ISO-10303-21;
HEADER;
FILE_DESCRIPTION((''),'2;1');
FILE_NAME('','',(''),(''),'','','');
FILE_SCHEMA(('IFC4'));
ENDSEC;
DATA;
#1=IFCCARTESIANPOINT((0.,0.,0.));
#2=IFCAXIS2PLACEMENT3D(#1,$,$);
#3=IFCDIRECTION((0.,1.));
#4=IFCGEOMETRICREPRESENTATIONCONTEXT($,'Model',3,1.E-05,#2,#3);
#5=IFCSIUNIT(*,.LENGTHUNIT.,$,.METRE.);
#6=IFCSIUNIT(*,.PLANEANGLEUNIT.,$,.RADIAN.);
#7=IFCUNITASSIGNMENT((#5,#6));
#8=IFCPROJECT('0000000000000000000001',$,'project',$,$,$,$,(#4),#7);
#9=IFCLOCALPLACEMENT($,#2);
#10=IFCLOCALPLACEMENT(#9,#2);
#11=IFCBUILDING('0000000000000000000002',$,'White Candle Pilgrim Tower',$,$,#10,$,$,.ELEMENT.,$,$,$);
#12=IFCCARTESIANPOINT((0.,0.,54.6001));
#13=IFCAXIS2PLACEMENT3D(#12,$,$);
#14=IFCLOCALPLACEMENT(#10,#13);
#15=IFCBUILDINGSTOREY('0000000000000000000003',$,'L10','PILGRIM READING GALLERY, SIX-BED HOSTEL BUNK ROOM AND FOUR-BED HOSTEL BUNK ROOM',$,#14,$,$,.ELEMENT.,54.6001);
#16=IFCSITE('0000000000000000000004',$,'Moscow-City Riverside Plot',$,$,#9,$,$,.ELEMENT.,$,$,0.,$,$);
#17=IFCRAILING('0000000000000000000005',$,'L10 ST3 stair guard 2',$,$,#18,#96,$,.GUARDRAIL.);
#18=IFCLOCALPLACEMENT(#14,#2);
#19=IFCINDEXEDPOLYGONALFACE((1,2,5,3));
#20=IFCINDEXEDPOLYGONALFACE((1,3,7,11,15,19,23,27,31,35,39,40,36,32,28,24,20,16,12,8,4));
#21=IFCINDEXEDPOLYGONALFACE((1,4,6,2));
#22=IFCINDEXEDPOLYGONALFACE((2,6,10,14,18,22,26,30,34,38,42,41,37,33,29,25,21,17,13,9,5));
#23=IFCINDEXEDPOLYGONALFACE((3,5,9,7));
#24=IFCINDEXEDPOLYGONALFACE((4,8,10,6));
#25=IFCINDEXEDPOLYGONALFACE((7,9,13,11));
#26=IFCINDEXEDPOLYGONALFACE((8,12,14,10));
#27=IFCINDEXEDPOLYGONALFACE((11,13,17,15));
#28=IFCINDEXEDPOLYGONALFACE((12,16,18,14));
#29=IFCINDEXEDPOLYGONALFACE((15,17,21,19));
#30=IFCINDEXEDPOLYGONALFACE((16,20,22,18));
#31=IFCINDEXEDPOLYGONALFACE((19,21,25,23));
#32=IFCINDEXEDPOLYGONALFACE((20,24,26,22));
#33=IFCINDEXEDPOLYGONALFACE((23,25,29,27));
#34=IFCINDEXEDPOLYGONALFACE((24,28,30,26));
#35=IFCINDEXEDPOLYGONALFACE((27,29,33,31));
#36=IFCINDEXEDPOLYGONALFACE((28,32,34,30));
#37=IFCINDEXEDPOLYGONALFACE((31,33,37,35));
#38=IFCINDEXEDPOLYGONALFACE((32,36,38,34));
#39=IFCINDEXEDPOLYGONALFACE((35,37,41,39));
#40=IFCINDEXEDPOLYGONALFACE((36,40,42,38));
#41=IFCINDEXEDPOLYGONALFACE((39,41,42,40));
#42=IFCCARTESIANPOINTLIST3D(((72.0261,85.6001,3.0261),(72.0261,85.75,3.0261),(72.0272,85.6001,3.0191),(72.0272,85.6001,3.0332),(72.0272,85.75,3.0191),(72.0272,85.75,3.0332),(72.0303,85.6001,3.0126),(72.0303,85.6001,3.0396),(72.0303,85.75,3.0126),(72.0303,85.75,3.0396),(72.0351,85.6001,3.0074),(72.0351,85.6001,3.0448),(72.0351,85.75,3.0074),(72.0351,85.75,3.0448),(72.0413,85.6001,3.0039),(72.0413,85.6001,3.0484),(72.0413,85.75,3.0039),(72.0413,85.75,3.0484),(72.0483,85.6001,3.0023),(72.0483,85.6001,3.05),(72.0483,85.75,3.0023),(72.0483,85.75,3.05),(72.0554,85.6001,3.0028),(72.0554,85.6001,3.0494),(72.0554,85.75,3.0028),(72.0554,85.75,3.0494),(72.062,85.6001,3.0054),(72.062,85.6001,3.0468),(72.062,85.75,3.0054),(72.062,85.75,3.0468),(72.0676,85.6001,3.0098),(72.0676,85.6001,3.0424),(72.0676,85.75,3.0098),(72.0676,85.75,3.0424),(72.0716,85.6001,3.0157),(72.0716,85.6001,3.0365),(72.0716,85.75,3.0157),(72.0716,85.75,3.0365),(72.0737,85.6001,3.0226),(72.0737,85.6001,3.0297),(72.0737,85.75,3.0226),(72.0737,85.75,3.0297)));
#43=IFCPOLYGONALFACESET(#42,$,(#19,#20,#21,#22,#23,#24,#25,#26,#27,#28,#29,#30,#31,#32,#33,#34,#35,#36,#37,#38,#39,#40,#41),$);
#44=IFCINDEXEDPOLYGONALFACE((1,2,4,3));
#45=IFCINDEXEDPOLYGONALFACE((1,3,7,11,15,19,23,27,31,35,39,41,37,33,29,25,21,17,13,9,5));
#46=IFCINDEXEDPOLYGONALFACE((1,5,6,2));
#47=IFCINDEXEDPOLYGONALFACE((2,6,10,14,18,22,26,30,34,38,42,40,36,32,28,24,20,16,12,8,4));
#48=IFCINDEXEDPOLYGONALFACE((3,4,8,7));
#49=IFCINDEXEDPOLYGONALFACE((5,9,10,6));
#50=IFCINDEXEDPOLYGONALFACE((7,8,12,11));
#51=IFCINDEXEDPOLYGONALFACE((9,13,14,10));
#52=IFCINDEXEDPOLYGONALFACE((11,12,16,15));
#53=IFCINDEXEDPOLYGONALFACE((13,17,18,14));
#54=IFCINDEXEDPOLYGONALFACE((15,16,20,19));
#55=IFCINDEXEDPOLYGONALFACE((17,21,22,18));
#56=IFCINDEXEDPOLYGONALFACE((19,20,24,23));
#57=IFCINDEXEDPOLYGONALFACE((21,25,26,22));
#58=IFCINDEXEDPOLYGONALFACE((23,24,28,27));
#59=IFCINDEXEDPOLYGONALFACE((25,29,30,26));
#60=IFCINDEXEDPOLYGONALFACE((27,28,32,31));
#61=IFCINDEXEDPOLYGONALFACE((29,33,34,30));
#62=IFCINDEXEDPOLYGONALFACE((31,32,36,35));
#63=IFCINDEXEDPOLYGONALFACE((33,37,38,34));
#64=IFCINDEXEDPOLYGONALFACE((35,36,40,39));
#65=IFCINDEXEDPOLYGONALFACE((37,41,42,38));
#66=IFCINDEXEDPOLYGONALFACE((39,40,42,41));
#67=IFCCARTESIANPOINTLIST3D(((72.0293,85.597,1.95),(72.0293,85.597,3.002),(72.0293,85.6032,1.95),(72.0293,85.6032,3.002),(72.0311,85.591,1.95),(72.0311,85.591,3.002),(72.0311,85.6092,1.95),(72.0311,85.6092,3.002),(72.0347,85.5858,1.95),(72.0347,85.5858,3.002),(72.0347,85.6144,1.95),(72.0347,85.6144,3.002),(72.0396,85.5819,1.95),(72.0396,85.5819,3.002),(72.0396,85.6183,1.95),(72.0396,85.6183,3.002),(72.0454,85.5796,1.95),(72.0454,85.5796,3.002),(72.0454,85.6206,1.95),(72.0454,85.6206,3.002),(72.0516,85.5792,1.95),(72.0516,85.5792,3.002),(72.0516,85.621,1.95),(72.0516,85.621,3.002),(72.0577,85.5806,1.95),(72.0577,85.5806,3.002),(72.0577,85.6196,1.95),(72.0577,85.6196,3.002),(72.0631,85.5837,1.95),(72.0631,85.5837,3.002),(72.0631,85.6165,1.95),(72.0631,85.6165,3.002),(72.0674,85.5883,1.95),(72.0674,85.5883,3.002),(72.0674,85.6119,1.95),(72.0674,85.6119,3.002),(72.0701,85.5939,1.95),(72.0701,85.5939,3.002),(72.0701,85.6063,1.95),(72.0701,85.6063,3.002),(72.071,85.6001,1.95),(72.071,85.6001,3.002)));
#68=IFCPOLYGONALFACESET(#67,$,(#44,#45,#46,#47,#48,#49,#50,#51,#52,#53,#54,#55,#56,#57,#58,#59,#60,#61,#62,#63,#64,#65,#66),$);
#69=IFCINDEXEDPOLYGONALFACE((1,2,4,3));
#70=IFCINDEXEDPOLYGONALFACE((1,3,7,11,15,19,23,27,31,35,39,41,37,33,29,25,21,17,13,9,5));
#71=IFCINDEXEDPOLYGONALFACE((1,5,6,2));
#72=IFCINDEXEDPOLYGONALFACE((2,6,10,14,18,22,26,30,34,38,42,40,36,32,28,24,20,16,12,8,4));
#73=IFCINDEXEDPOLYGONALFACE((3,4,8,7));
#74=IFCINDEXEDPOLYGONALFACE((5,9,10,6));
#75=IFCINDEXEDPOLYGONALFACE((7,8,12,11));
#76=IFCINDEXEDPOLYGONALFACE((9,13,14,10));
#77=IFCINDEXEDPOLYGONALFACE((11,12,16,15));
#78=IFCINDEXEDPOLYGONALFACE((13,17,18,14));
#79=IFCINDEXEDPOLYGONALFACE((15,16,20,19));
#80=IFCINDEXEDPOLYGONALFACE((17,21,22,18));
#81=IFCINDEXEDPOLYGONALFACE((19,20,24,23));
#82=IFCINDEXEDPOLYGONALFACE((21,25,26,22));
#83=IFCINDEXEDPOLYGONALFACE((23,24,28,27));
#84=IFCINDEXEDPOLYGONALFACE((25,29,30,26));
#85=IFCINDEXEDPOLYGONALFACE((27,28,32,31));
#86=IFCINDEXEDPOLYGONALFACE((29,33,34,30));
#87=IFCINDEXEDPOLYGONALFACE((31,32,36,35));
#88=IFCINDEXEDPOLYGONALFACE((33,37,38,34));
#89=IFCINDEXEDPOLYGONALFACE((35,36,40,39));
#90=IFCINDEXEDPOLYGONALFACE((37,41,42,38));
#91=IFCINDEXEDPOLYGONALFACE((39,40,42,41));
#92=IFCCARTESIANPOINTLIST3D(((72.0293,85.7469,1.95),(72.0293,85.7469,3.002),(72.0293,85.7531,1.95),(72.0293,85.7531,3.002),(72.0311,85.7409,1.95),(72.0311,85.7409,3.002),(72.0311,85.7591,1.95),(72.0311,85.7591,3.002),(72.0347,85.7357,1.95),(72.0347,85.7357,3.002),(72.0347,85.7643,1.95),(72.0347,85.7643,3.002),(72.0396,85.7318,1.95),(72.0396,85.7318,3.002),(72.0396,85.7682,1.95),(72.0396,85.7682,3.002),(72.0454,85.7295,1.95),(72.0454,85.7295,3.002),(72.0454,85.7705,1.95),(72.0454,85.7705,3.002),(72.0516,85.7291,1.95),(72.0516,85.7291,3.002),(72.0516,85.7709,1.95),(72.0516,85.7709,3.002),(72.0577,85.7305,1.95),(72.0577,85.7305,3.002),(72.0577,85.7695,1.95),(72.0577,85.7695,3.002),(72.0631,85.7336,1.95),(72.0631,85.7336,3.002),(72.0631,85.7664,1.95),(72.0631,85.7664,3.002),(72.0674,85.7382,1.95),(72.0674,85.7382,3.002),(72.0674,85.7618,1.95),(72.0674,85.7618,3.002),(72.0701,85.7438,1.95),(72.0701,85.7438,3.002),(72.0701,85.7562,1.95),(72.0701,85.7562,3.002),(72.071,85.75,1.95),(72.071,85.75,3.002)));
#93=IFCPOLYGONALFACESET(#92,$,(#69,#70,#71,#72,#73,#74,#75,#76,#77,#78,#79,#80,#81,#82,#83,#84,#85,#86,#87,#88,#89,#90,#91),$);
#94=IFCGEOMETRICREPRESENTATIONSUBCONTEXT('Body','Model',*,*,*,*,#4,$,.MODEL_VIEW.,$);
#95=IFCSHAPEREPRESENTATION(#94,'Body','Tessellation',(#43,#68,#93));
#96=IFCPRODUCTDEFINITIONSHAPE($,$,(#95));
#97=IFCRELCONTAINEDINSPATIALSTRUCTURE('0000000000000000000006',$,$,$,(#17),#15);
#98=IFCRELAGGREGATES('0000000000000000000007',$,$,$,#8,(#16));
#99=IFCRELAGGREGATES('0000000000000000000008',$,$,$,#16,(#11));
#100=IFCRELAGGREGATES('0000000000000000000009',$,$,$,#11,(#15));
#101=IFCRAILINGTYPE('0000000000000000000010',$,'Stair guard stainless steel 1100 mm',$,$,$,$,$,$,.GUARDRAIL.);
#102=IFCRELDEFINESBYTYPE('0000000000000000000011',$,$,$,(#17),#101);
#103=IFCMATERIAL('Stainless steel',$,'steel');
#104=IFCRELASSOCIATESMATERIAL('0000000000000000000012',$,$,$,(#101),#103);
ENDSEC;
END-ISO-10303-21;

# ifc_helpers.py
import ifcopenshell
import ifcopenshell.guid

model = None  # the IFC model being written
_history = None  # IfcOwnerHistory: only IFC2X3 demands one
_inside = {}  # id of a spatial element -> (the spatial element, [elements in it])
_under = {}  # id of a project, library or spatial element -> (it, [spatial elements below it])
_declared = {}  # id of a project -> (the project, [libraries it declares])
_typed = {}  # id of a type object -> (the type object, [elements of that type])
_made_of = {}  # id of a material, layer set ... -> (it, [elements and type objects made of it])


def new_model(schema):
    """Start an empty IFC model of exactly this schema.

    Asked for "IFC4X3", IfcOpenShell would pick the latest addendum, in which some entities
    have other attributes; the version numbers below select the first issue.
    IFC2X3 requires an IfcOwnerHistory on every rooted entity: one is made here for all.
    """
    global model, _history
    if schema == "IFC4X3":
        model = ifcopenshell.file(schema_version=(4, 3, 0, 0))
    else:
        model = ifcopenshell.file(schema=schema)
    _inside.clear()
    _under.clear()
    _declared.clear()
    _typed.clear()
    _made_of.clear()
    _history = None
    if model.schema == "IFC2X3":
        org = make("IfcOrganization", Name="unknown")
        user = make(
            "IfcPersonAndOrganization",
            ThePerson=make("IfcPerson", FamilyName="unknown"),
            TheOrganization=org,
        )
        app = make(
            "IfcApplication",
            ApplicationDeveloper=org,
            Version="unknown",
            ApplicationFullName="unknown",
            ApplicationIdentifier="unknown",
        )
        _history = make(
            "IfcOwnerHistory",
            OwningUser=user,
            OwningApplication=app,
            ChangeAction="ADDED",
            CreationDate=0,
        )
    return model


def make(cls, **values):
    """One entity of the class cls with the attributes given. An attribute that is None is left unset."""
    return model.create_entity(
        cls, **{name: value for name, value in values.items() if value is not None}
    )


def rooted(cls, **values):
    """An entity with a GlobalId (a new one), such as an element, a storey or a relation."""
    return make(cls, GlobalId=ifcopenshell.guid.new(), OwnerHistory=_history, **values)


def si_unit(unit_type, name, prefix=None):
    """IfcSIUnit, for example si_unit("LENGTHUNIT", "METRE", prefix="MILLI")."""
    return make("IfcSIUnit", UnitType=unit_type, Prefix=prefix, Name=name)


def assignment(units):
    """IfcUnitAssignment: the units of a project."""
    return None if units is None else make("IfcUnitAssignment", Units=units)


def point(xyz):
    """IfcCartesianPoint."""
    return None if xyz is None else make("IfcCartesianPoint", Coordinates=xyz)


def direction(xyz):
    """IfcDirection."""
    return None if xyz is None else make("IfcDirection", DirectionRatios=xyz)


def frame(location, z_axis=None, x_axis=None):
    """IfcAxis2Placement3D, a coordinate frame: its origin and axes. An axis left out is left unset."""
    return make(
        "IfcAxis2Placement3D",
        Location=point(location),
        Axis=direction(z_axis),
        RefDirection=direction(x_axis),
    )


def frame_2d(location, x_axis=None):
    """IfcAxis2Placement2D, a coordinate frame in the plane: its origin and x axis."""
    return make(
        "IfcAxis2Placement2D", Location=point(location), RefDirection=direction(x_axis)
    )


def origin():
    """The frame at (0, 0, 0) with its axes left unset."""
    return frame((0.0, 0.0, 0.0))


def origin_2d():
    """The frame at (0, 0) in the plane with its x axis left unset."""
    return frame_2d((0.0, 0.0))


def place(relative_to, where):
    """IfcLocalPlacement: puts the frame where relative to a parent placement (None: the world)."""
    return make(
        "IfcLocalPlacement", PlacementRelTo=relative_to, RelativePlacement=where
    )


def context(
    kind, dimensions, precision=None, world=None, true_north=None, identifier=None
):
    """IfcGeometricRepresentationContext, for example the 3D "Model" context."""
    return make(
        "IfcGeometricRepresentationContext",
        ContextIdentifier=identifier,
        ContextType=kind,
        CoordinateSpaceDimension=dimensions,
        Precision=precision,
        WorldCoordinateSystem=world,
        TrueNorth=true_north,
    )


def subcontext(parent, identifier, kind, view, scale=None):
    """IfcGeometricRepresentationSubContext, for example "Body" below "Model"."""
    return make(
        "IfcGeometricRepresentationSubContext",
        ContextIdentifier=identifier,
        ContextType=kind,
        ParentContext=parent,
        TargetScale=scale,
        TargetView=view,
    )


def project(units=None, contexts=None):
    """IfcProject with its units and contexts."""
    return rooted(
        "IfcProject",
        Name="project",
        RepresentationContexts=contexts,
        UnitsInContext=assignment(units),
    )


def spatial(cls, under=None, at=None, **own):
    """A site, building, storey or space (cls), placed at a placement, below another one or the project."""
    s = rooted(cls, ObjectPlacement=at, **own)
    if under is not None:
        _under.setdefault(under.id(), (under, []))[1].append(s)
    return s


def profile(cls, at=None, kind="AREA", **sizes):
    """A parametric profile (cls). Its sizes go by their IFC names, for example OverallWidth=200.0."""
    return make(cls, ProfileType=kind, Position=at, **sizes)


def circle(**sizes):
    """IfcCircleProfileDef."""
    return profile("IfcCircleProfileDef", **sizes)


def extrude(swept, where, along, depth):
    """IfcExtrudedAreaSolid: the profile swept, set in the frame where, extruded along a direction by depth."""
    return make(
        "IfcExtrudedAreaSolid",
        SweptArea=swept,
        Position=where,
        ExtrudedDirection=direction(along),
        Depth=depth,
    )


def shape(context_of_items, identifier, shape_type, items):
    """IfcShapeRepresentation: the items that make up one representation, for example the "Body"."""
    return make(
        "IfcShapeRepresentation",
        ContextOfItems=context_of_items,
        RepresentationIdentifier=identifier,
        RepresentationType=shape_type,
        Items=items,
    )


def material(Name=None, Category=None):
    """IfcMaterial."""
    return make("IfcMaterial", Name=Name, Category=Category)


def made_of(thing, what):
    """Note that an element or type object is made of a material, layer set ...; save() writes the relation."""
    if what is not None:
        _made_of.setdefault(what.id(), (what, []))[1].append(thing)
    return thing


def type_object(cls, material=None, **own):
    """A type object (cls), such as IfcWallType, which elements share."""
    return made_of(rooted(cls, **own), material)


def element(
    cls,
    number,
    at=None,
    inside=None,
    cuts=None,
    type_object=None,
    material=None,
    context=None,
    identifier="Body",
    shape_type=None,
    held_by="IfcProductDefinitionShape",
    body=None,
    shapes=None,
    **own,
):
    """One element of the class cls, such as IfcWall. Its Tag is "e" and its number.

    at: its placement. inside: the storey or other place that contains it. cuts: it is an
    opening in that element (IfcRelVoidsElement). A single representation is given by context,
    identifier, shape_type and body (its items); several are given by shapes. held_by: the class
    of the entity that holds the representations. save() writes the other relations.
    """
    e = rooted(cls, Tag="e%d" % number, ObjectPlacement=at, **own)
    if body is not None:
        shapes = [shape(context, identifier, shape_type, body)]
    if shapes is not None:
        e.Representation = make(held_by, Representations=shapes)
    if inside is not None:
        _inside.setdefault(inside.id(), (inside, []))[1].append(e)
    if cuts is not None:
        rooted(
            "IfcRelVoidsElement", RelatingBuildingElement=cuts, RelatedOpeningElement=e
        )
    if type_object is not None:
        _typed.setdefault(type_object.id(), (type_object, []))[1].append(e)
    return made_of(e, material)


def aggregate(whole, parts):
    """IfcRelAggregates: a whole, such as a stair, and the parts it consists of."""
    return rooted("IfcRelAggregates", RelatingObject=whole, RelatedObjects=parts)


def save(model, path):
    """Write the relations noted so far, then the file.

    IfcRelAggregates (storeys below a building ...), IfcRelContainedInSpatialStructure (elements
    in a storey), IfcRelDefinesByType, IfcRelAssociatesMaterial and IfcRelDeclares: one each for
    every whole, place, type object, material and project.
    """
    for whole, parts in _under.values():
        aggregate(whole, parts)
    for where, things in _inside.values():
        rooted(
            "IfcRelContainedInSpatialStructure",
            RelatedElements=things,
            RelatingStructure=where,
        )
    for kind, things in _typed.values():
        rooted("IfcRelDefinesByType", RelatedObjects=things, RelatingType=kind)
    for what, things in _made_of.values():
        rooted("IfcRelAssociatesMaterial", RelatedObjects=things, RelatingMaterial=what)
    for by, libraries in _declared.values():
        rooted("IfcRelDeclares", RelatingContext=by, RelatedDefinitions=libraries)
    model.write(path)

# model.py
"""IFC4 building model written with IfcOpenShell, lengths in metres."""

from ifc_helpers import new_model, si_unit, direction, frame, origin, origin_2d, place, context, subcontext, project, spatial, circle, extrude, material, type_object, element, save


model = new_model("IFC4")

# Units and contexts
model_context = context("Model", 3, precision=1e-05, world=origin(), true_north=direction((0.0, 1.0)))
body_context = subcontext(model_context, "Body", "Model", "MODEL_VIEW")
ifc_project = project(units=[si_unit("LENGTHUNIT", "METRE"), si_unit("PLANEANGLEUNIT", "RADIAN")], contexts=[model_context])

# Site, building, storey
site_placement = place(None, origin())
site = spatial("IfcSite", under=ifc_project, at=site_placement, Name="Moscow-City Riverside Plot", CompositionType="ELEMENT", RefElevation=0.0)
building_placement = place(site_placement, origin())
building = spatial("IfcBuilding", under=site, at=building_placement, Name="White Candle Pilgrim Tower", CompositionType="ELEMENT")
storey_placement = place(building_placement, frame((0.0, 0.0, 54.6001)))
storey = spatial("IfcBuildingStorey", under=building, at=storey_placement, Name="L10", Description="PILGRIM READING GALLERY, SIX-BED HOSTEL BUNK ROOM AND FOUR-BED HOSTEL BUNK ROOM", CompositionType="ELEMENT", Elevation=54.6001)

# Railing
ifc_material_1 = material(Name="Stainless steel", Category="steel")
railing_type_1 = type_object("IfcRailingType", Name="Stair guard stainless steel 1100 mm", PredefinedType="GUARDRAIL", material=ifc_material_1)
railing_1_placement = place(storey_placement, frame((72.05, 85.6001, 1.95)))
element("IfcRailing", 1, at=railing_1_placement, inside=storey, type_object=railing_type_1, Name="L10 ST3 stair guard 2", PredefinedType="GUARDRAIL", context=body_context, shape_type="SweptSolid", body=[
    extrude(circle(Radius=0.0239, at=origin_2d()), frame((0.0, 0.0, 1.0762), z_axis=(0.0, 1.0, 0.0), x_axis=(-1.0, 0.0, 0.0)), (0.0, 0.0, 1.0), 0.1499),
    extrude(circle(Radius=0.021, at=origin_2d()), origin(), (0.0, 0.0, 1.0), 1.052),
    extrude(circle(Radius=0.021, at=origin_2d()), frame((0.0, 0.1499, 0.0)), (0.0, 0.0, 1.0), 1.052),
])

save(model, "model.ifc")
